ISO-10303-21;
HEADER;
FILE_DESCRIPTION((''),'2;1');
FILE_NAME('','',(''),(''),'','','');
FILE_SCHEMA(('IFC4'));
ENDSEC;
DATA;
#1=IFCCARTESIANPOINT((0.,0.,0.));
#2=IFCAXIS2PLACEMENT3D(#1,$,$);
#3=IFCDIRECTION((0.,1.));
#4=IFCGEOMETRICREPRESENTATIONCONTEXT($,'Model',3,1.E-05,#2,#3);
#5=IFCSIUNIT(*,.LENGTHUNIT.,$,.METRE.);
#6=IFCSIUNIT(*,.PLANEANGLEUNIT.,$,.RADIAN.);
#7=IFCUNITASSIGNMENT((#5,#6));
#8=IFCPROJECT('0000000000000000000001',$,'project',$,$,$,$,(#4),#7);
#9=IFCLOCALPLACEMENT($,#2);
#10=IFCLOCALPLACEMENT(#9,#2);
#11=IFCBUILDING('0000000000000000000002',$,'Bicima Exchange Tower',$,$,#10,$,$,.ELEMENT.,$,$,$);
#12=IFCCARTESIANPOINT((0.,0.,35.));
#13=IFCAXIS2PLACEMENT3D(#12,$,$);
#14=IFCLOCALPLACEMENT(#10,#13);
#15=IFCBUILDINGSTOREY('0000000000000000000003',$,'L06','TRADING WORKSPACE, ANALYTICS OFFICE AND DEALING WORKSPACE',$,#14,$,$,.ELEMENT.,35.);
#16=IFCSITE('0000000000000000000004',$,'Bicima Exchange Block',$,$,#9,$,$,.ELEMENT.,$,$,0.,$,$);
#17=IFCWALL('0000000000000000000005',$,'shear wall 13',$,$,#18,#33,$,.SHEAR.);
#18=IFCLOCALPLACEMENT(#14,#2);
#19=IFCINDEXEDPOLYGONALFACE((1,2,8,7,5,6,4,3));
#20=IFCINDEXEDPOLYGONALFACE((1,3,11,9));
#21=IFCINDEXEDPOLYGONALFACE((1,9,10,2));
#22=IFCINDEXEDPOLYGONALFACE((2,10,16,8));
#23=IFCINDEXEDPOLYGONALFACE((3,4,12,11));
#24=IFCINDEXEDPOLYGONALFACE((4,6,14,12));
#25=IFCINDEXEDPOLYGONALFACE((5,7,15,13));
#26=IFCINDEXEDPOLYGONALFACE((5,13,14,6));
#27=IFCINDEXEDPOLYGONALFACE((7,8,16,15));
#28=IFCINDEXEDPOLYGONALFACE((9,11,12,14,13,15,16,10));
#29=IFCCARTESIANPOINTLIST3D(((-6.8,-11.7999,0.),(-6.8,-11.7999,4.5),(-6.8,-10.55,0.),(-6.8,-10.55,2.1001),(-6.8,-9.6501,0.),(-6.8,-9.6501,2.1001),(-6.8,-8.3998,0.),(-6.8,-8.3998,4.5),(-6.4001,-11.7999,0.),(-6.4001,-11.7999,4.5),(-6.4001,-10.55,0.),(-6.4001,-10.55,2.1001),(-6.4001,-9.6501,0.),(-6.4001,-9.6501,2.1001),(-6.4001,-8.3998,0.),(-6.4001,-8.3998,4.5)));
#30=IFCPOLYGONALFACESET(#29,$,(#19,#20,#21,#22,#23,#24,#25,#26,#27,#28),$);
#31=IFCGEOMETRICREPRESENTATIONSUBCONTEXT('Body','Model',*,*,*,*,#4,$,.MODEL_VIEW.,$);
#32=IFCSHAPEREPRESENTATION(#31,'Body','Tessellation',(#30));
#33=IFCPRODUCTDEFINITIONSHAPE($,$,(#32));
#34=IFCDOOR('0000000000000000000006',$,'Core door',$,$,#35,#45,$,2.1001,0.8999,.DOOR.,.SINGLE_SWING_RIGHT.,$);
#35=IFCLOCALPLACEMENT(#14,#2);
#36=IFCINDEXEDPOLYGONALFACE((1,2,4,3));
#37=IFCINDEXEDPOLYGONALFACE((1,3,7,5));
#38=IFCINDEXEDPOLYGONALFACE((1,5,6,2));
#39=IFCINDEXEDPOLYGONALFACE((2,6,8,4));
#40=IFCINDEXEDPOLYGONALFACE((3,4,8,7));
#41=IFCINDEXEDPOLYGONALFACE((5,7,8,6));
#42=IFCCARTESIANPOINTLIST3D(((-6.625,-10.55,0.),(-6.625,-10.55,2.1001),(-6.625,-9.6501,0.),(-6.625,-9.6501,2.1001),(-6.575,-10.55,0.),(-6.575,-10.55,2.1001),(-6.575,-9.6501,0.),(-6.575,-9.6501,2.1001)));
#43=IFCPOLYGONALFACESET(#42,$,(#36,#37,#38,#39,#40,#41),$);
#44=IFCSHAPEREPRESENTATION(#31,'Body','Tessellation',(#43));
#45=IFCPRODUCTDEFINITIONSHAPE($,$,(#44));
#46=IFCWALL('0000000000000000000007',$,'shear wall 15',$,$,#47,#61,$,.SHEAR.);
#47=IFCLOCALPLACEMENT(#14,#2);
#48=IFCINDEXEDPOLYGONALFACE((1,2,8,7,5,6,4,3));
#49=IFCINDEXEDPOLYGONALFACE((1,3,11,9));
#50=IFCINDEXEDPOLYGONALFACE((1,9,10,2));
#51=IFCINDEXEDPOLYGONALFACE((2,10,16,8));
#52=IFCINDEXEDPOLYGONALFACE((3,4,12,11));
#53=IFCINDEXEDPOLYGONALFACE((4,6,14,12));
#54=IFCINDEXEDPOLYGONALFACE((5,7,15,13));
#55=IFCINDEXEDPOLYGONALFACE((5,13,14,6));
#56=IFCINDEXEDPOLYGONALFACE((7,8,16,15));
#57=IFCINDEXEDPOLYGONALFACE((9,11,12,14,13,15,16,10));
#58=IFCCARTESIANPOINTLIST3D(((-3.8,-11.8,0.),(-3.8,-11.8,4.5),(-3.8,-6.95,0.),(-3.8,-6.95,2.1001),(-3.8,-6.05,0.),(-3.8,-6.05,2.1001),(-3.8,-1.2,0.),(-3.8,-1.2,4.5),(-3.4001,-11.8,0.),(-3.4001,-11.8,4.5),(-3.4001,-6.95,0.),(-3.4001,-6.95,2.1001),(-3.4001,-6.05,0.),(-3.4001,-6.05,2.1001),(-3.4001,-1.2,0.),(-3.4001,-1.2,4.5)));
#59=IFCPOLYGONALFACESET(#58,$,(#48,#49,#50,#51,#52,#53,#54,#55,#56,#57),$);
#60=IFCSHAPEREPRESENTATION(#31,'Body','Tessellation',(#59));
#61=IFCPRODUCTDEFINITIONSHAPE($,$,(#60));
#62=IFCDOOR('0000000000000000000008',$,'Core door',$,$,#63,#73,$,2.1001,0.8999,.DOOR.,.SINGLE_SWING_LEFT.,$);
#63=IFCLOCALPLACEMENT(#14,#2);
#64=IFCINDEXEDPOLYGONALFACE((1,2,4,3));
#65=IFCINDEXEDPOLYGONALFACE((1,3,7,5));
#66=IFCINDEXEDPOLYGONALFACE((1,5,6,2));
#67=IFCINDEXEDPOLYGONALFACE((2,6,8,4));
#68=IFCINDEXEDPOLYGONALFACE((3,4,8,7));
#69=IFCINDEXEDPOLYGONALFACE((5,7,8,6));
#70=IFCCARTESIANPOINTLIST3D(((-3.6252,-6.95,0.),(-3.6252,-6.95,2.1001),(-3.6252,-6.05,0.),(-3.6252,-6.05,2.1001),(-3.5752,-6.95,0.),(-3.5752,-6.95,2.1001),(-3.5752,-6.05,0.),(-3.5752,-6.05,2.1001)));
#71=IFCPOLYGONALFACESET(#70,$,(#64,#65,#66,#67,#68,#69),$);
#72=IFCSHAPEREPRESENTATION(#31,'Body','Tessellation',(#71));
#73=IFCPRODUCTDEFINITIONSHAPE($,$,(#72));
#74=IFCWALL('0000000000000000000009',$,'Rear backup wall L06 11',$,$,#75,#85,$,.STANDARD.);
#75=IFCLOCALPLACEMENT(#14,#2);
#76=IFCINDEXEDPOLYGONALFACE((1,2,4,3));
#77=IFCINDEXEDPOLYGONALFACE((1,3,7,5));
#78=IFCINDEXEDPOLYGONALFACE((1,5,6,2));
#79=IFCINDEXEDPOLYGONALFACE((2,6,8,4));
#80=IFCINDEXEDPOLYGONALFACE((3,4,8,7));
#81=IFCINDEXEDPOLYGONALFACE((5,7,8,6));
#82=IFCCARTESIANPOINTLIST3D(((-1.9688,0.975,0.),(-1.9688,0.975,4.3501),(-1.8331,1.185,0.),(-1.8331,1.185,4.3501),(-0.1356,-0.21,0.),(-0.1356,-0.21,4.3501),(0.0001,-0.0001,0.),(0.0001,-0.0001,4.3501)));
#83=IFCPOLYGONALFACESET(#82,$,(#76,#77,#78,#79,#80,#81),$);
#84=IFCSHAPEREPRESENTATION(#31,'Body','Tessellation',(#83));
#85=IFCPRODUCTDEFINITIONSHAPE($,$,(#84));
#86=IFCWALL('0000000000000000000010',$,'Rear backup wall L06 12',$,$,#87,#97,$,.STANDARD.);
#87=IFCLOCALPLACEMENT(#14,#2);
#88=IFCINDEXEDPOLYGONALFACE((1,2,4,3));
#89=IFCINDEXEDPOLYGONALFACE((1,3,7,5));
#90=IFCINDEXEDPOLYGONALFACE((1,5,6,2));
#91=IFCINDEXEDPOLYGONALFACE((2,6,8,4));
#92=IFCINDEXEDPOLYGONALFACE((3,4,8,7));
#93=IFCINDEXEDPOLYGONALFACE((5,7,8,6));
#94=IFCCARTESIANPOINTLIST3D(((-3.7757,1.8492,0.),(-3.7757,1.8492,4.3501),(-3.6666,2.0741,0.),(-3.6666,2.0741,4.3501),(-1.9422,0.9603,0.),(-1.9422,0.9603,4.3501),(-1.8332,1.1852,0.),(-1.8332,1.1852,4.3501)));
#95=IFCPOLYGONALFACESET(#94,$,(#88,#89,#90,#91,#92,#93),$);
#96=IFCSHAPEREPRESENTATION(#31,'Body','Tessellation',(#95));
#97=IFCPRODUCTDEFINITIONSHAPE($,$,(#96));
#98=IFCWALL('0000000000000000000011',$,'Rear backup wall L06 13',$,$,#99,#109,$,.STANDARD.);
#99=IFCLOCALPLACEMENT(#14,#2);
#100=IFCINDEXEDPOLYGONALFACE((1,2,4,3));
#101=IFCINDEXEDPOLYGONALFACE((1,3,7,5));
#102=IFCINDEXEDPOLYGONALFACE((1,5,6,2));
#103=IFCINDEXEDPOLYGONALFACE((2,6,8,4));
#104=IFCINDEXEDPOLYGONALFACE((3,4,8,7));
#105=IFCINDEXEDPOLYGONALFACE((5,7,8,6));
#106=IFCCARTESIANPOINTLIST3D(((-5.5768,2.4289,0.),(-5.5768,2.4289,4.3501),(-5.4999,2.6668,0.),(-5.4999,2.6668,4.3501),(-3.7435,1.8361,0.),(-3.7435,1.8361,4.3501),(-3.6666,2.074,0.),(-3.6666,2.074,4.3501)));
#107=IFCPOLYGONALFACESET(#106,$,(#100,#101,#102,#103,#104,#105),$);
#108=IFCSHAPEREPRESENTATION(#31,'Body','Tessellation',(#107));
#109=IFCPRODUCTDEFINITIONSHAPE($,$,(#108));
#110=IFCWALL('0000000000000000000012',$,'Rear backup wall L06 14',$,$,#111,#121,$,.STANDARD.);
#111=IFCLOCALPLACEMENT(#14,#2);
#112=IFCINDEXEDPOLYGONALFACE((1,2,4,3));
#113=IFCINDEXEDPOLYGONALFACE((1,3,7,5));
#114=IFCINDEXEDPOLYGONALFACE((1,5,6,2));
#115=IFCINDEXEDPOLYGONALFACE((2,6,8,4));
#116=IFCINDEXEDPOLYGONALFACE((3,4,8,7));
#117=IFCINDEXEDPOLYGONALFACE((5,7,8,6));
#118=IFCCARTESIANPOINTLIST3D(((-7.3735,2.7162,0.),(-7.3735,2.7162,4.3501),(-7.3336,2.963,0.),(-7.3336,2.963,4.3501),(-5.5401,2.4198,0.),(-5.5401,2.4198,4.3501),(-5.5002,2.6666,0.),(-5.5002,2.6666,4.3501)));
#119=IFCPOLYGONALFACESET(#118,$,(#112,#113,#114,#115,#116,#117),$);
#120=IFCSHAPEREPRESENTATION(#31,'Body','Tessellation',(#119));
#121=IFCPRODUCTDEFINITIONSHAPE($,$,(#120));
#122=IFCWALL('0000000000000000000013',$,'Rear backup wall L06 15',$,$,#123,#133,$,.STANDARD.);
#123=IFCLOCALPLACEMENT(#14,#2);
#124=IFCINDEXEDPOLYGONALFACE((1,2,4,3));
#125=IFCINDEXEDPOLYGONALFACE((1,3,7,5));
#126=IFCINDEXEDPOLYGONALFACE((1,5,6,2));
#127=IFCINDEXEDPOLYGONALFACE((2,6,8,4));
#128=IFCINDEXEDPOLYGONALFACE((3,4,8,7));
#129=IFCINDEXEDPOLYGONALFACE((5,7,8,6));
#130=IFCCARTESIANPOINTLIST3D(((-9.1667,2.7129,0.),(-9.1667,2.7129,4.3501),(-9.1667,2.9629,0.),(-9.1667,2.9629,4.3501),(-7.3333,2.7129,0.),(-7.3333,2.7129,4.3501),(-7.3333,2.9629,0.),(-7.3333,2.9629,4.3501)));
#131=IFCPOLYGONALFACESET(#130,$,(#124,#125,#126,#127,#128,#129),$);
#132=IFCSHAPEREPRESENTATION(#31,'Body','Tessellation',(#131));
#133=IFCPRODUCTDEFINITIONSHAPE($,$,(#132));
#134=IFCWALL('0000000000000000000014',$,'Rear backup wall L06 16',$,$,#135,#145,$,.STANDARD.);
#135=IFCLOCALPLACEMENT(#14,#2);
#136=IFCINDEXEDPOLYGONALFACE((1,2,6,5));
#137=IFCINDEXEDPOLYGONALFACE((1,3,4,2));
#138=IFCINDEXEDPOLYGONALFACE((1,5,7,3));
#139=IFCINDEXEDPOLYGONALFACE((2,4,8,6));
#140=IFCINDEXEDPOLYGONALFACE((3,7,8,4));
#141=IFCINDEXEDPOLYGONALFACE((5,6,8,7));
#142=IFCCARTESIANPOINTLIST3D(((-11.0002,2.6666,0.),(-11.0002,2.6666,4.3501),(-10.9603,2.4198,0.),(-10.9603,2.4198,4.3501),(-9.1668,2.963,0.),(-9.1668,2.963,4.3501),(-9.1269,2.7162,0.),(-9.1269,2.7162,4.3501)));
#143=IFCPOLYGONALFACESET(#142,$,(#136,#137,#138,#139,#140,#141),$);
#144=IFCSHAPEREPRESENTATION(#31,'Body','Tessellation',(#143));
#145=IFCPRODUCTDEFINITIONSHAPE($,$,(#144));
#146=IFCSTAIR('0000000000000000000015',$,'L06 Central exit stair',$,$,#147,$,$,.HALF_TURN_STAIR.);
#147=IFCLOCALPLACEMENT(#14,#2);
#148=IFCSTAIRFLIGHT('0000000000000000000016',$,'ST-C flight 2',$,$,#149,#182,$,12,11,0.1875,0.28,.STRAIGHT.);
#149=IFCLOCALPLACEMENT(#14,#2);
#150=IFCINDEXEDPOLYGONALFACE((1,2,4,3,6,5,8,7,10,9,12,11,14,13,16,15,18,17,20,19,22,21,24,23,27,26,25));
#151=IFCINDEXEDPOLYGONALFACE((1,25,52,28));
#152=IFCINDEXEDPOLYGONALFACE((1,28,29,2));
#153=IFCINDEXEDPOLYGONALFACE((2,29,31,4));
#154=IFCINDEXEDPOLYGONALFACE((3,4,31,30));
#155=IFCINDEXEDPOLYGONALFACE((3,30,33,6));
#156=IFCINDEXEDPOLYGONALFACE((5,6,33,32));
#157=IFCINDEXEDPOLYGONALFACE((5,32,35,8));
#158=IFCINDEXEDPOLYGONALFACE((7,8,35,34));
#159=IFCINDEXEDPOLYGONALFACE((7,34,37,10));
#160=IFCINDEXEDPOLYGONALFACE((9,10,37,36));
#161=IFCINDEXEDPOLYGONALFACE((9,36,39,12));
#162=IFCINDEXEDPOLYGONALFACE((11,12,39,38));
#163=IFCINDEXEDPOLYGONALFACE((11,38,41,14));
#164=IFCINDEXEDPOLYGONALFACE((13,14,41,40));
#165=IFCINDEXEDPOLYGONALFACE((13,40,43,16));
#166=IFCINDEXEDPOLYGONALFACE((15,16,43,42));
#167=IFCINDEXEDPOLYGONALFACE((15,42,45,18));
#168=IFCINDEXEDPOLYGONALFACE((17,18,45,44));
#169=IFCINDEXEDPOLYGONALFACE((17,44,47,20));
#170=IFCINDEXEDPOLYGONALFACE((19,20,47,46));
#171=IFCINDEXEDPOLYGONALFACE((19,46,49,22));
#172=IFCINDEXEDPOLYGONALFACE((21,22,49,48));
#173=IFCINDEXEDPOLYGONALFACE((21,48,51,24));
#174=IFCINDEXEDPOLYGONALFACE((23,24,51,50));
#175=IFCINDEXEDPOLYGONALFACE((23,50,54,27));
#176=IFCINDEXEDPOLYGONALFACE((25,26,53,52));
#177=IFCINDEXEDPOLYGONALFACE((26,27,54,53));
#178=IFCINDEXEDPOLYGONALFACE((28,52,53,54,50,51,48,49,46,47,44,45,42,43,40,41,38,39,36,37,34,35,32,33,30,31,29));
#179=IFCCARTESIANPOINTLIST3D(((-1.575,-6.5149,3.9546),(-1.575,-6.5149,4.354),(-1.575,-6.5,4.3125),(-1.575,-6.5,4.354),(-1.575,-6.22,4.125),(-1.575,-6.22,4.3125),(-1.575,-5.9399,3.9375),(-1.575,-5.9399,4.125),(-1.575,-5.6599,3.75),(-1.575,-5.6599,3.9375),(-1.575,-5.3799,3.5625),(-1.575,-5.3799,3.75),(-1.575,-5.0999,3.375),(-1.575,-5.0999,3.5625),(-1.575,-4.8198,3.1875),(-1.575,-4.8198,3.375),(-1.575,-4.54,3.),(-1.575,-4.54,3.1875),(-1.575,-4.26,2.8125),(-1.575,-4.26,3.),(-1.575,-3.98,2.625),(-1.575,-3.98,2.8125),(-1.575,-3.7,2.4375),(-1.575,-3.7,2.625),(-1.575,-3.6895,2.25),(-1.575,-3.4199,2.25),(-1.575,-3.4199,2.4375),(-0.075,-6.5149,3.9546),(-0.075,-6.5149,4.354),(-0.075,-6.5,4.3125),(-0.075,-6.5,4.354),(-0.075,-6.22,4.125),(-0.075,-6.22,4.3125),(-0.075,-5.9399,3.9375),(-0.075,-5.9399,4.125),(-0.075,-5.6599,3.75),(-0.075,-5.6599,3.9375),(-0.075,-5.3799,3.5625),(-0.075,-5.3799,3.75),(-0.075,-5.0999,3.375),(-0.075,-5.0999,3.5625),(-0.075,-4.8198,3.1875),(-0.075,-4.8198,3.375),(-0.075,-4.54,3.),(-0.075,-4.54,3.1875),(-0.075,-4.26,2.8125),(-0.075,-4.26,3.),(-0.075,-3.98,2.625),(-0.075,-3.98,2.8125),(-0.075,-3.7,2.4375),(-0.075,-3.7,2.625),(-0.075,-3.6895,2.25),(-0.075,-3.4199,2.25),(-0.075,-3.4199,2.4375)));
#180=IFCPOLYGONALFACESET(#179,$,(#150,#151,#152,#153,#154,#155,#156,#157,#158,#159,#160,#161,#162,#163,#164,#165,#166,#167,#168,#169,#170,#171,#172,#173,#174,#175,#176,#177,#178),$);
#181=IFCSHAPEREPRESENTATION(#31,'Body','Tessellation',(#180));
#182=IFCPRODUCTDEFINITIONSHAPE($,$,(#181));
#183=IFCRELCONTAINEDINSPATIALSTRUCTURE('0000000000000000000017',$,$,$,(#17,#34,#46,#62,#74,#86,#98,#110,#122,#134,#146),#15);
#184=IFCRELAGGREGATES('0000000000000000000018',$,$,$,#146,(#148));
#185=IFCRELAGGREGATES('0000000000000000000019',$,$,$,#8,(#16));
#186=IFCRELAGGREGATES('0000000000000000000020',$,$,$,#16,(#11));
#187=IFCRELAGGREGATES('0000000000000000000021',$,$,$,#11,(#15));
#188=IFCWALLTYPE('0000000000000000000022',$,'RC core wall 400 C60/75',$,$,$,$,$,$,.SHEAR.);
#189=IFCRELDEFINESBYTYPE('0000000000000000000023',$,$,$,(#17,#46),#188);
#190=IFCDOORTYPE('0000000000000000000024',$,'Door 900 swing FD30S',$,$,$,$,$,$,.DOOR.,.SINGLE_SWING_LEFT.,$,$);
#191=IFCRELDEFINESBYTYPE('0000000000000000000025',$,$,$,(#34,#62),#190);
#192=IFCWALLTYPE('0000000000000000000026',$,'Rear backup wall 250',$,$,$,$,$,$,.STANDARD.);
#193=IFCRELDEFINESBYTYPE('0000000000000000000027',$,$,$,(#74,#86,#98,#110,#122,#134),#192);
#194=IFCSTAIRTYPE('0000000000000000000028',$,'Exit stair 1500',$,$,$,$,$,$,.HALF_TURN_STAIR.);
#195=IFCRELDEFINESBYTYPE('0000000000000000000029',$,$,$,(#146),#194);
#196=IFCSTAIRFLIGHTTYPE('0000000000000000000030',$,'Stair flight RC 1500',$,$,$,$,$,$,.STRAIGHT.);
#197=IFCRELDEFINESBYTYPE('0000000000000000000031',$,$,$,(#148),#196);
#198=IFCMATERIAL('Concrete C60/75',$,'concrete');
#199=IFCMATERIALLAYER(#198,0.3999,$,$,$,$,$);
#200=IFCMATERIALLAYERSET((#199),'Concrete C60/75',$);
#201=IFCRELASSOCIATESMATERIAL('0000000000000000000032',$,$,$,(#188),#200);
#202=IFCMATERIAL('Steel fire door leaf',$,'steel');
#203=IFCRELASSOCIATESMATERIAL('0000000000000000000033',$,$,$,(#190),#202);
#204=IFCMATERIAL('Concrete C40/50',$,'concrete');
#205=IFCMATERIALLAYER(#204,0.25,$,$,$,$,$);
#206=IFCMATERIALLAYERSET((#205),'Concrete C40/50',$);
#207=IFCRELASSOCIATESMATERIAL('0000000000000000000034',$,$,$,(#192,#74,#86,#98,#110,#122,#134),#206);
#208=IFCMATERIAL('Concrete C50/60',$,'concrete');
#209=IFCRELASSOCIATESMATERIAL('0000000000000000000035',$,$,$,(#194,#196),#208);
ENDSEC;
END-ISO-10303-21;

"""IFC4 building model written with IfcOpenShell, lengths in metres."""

from ifc_helpers import new_model, si_unit, direction, frame, frame_2d, origin, place, context, subcontext, project, spatial, polyline, rectangle, outline, extrude, material, layer, layer_set, layer_usage, type_object, element, fill, aggregate, save


model = new_model("IFC4")

# Units and contexts
model_context = context("Model", 3, precision=1e-05, world=origin(), true_north=direction((0.0, 1.0)))
body_context = subcontext(model_context, "Body", "Model", "MODEL_VIEW")
ifc_project = project(units=[si_unit("LENGTHUNIT", "METRE"), si_unit("PLANEANGLEUNIT", "RADIAN")], contexts=[model_context])

# Site, building, storey
site_placement = place(None, origin())
site = spatial("IfcSite", under=ifc_project, at=site_placement, Name="Bicima Exchange Block", CompositionType="ELEMENT", RefElevation=0.0)
building_placement = place(site_placement, origin())
building = spatial("IfcBuilding", under=site, at=building_placement, Name="Bicima Exchange Tower", CompositionType="ELEMENT")
storey_placement = place(building_placement, frame((0.0, 0.0, 35.0)))
storey = spatial("IfcBuildingStorey", under=building, at=storey_placement, Name="L06", Description="TRADING WORKSPACE, ANALYTICS OFFICE AND DEALING WORKSPACE", CompositionType="ELEMENT", Elevation=35.0)

# Shared definitions
ifc_material_1 = material(Name="Concrete C40/50", Category="concrete")

# Shared definitions
ifc_material_2 = material(Name="Concrete C50/60", Category="concrete")
ifc_material_3 = material(Name="Steel fire door leaf", Category="steel")

# Walls, openings, doors
ifc_material_4 = material(Name="Concrete C60/75", Category="concrete")
ifc_layer_1 = layer(ifc_material_4, 0.3999)
ifc_layer_set_1 = layer_set([ifc_layer_1], Name="Concrete C60/75")
wall_type_1 = type_object("IfcWallType", Name="RC core wall 400 C60/75", PredefinedType="SHEAR", material=ifc_layer_set_1)
wall_1_placement = place(storey_placement, frame((-6.6001, -11.8, 0.0), z_axis=(0.0, 0.0, 1.0), x_axis=(0.0, 1.0, 0.0)))
wall_1 = element("IfcWall", 1, at=wall_1_placement, inside=storey, type_object=wall_type_1, Name="shear wall 13", PredefinedType="SHEAR", context=body_context, shape_type="SweptSolid", body=[
    extrude(rectangle(XDim=3.4001, YDim=0.3999, at=frame_2d((1.7002, 0.0))), origin(), (0.0, 0.0, 1.0), 4.5),
])
opening_1_placement = place(wall_1_placement, frame((1.25, 0.0, 0.0)))
opening_1 = element("IfcOpeningElement", 2, at=opening_1_placement, cuts=wall_1, PredefinedType="OPENING", context=body_context, shape_type="SweptSolid", body=[
    extrude(rectangle(XDim=0.8999, YDim=2.1001, at=frame_2d((0.45, 1.05))), frame((0.0, 0.2119, 0.0), z_axis=(0.0, -1.0, 0.0), x_axis=(1.0, 0.0, 0.0)), (0.0, 0.0, 1.0), 0.4238),
])
door_type_1 = type_object("IfcDoorType", Name="Door 900 swing FD30S", OperationType="SINGLE_SWING_LEFT", PredefinedType="DOOR", material=ifc_material_3)
door_1_placement = place(opening_1_placement, origin())
door_1 = element("IfcDoor", 3, at=door_1_placement, inside=storey, type_object=door_type_1, Name="Core door", OperationType="SINGLE_SWING_RIGHT", OverallHeight=2.1001, OverallWidth=0.8999, PredefinedType="DOOR", context=body_context, shape_type="SweptSolid", body=[
    extrude(rectangle(XDim=0.8999, YDim=2.1001, at=frame_2d((0.45, 1.05))), frame((0.0, 0.0249, 0.0), z_axis=(0.0, -1.0, 0.0), x_axis=(1.0, 0.0, 0.0)), (0.0, 0.0, 1.0), 0.05),
])
fill(opening_1, door_1)
wall_2_placement = place(storey_placement, frame((-3.6001, -11.8, 0.0), z_axis=(0.0, 0.0, 1.0), x_axis=(0.0, 1.0, 0.0)))
wall_2 = element("IfcWall", 4, at=wall_2_placement, inside=storey, type_object=wall_type_1, Name="shear wall 15", PredefinedType="SHEAR", context=body_context, shape_type="SweptSolid", body=[
    extrude(rectangle(XDim=10.6001, YDim=0.3999, at=frame_2d((5.3, 0.0))), origin(), (0.0, 0.0, 1.0), 4.5),
])
opening_2_placement = place(wall_2_placement, frame((4.8501, 0.0, 0.0)))
opening_2 = element("IfcOpeningElement", 5, at=opening_2_placement, cuts=wall_2, PredefinedType="OPENING", context=body_context, shape_type="SweptSolid", body=[
    extrude(rectangle(XDim=0.8999, YDim=2.1001, at=frame_2d((0.45, 1.05))), frame((0.0, 0.2119, 0.0), z_axis=(0.0, -1.0, 0.0), x_axis=(1.0, 0.0, 0.0)), (0.0, 0.0, 1.0), 0.4238),
])
door_2_placement = place(opening_2_placement, frame((0.8999, 0.0, 0.0), z_axis=(0.0, 0.0, 1.0), x_axis=(-1.0, 0.0, 0.0)))
door_2 = element("IfcDoor", 6, at=door_2_placement, inside=storey, type_object=door_type_1, Name="Core door", OperationType="SINGLE_SWING_LEFT", OverallHeight=2.1001, OverallWidth=0.8999, PredefinedType="DOOR", context=body_context, shape_type="SweptSolid", body=[
    extrude(rectangle(XDim=0.8999, YDim=2.1001, at=frame_2d((0.45, 1.05))), frame((0.0, 0.0249, 0.0), z_axis=(0.0, -1.0, 0.0), x_axis=(1.0, 0.0, 0.0)), (0.0, 0.0, 1.0), 0.05),
])
fill(opening_2, door_2)

# Walls
ifc_layer_2 = layer(ifc_material_1, 0.25)
ifc_layer_set_2 = layer_set([ifc_layer_2], Name="Concrete C40/50")
ifc_layer_usage = layer_usage(ifc_layer_set_2, "AXIS2", "POSITIVE", -0.125)
wall_type_2 = type_object("IfcWallType", Name="Rear backup wall 250", PredefinedType="STANDARD", material=ifc_layer_set_2)
wall_3_placement = place(storey_placement, frame((-0.0679, -0.105, 0.0), z_axis=(0.0, 0.0, 1.0), x_axis=(-0.839813, 0.542876, 0.0)))
element("IfcWall", 7, at=wall_3_placement, inside=storey, type_object=wall_type_2, material=ifc_layer_usage, Name="Rear backup wall L06 11", PredefinedType="STANDARD", context=body_context, shape_type="SweptSolid", body=[
    extrude(rectangle(XDim=2.1829, YDim=0.25, at=frame_2d((1.0913, 0.0))), origin(), (0.0, 0.0, 1.0), 4.3501),
])
wall_4_placement = place(storey_placement, frame((-1.8877, 1.0728, 0.0), z_axis=(0.0, 0.0, 1.0), x_axis=(-0.899824, 0.436253, 0.0)))
element("IfcWall", 8, at=wall_4_placement, inside=storey, type_object=wall_type_2, material=ifc_layer_usage, Name="Rear backup wall L06 12", PredefinedType="STANDARD", context=body_context, shape_type="SweptSolid", body=[
    extrude(rectangle(XDim=2.0376, YDim=0.25, at=frame_2d((1.0188, 0.0))), origin(), (0.0, 0.0, 1.0), 4.3501),
])
wall_5_placement = place(storey_placement, frame((-3.7051, 1.9551, 0.0), z_axis=(0.0, 0.0, 1.0), x_axis=(-0.951496, 0.307662, 0.0)))
element("IfcWall", 9, at=wall_5_placement, inside=storey, type_object=wall_type_2, material=ifc_layer_usage, Name="Rear backup wall L06 13", PredefinedType="STANDARD", context=body_context, shape_type="SweptSolid", body=[
    extrude(rectangle(XDim=1.9268, YDim=0.25, at=frame_2d((0.9634, 0.0))), origin(), (0.0, 0.0, 1.0), 4.3501),
])
wall_6_placement = place(storey_placement, frame((-5.52, 2.5432, 0.0), z_axis=(0.0, 0.0, 1.0), x_axis=(-0.987182, 0.1596, 0.0)))
element("IfcWall", 10, at=wall_6_placement, inside=storey, type_object=wall_type_2, material=ifc_layer_usage, Name="Rear backup wall L06 14", PredefinedType="STANDARD", context=body_context, shape_type="SweptSolid", body=[
    extrude(rectangle(XDim=1.8572, YDim=0.25, at=frame_2d((0.9287, 0.0))), origin(), (0.0, 0.0, 1.0), 4.3501),
])
wall_7_placement = place(storey_placement, frame((-7.3333, 2.8379, 0.0), z_axis=(0.0, 0.0, 1.0), x_axis=(-1.0, 0.0, 0.0)))
element("IfcWall", 11, at=wall_7_placement, inside=storey, type_object=wall_type_2, material=ifc_layer_usage, Name="Rear backup wall L06 15", PredefinedType="STANDARD", context=body_context, shape_type="SweptSolid", body=[
    extrude(rectangle(XDim=1.8335, YDim=0.25, at=frame_2d((0.9167, 0.0))), origin(), (0.0, 0.0, 1.0), 4.3501),
])
wall_8_placement = place(storey_placement, frame((-9.1467, 2.8396, 0.0), z_axis=(0.0, 0.0, 1.0), x_axis=(-0.987182, -0.1596, 0.0)))
element("IfcWall", 12, at=wall_8_placement, inside=storey, type_object=wall_type_2, material=ifc_layer_usage, Name="Rear backup wall L06 16", PredefinedType="STANDARD", context=body_context, shape_type="SweptSolid", body=[
    extrude(rectangle(XDim=1.8572, YDim=0.25, at=frame_2d((0.9287, 0.0))), origin(), (0.0, 0.0, 1.0), 4.3501),
])

# Stair, stair flight
stair_type = type_object("IfcStairType", Name="Exit stair 1500", PredefinedType="HALF_TURN_STAIR", material=ifc_material_2)
stair_placement = place(storey_placement, origin())
stair = element("IfcStair", 13, at=stair_placement, inside=storey, type_object=stair_type, Name="L06 Central exit stair", PredefinedType="HALF_TURN_STAIR")
stair_flight_type = type_object("IfcStairFlightType", Name="Stair flight RC 1500", PredefinedType="STRAIGHT", material=ifc_material_2)
stair_flight_placement = place(storey_placement, frame((-0.825, -3.4199, 2.25), z_axis=(0.0, 0.0, 1.0), x_axis=(0.0, -1.0, 0.0)))
stair_flight = element("IfcStairFlight", 14, at=stair_flight_placement, type_object=stair_flight_type, Name="ST-C flight 2", NumberOfRisers=12, NumberOfTreads=11, PredefinedType="STRAIGHT", RiserHeight=0.1875, TreadLength=0.28, context=body_context, shape_type="SweptSolid", body=[
    extrude(outline(polyline([(0.0, 0.0), (0.0, 0.1875), (0.28, 0.1875), (0.28, 0.375), (0.5601, 0.375), (0.5601, 0.5625), (0.8401, 0.5625), (0.8401, 0.75), (1.1201, 0.75), (1.1201, 0.9375), (1.3999, 0.9375), (1.3999, 1.125), (1.6799, 1.125), (1.6799, 1.3125), (1.96, 1.3125), (1.96, 1.5), (2.24, 1.5), (2.24, 1.6875), (2.52, 1.6875), (2.52, 1.875), (2.8, 1.875), (2.8, 2.0625), (3.0801, 2.0625), (3.0801, 2.104), (3.095, 2.104), (3.095, 1.7046), (0.2695, 0.0), (0.0, 0.0)])), frame((0.0, 0.75, 0.0), z_axis=(0.0, -1.0, 0.0), x_axis=(1.0, 0.0, 0.0)), (0.0, 0.0, 1.0), 1.5),
])
aggregate(stair, [stair_flight])

save(model, "model.ifc")
